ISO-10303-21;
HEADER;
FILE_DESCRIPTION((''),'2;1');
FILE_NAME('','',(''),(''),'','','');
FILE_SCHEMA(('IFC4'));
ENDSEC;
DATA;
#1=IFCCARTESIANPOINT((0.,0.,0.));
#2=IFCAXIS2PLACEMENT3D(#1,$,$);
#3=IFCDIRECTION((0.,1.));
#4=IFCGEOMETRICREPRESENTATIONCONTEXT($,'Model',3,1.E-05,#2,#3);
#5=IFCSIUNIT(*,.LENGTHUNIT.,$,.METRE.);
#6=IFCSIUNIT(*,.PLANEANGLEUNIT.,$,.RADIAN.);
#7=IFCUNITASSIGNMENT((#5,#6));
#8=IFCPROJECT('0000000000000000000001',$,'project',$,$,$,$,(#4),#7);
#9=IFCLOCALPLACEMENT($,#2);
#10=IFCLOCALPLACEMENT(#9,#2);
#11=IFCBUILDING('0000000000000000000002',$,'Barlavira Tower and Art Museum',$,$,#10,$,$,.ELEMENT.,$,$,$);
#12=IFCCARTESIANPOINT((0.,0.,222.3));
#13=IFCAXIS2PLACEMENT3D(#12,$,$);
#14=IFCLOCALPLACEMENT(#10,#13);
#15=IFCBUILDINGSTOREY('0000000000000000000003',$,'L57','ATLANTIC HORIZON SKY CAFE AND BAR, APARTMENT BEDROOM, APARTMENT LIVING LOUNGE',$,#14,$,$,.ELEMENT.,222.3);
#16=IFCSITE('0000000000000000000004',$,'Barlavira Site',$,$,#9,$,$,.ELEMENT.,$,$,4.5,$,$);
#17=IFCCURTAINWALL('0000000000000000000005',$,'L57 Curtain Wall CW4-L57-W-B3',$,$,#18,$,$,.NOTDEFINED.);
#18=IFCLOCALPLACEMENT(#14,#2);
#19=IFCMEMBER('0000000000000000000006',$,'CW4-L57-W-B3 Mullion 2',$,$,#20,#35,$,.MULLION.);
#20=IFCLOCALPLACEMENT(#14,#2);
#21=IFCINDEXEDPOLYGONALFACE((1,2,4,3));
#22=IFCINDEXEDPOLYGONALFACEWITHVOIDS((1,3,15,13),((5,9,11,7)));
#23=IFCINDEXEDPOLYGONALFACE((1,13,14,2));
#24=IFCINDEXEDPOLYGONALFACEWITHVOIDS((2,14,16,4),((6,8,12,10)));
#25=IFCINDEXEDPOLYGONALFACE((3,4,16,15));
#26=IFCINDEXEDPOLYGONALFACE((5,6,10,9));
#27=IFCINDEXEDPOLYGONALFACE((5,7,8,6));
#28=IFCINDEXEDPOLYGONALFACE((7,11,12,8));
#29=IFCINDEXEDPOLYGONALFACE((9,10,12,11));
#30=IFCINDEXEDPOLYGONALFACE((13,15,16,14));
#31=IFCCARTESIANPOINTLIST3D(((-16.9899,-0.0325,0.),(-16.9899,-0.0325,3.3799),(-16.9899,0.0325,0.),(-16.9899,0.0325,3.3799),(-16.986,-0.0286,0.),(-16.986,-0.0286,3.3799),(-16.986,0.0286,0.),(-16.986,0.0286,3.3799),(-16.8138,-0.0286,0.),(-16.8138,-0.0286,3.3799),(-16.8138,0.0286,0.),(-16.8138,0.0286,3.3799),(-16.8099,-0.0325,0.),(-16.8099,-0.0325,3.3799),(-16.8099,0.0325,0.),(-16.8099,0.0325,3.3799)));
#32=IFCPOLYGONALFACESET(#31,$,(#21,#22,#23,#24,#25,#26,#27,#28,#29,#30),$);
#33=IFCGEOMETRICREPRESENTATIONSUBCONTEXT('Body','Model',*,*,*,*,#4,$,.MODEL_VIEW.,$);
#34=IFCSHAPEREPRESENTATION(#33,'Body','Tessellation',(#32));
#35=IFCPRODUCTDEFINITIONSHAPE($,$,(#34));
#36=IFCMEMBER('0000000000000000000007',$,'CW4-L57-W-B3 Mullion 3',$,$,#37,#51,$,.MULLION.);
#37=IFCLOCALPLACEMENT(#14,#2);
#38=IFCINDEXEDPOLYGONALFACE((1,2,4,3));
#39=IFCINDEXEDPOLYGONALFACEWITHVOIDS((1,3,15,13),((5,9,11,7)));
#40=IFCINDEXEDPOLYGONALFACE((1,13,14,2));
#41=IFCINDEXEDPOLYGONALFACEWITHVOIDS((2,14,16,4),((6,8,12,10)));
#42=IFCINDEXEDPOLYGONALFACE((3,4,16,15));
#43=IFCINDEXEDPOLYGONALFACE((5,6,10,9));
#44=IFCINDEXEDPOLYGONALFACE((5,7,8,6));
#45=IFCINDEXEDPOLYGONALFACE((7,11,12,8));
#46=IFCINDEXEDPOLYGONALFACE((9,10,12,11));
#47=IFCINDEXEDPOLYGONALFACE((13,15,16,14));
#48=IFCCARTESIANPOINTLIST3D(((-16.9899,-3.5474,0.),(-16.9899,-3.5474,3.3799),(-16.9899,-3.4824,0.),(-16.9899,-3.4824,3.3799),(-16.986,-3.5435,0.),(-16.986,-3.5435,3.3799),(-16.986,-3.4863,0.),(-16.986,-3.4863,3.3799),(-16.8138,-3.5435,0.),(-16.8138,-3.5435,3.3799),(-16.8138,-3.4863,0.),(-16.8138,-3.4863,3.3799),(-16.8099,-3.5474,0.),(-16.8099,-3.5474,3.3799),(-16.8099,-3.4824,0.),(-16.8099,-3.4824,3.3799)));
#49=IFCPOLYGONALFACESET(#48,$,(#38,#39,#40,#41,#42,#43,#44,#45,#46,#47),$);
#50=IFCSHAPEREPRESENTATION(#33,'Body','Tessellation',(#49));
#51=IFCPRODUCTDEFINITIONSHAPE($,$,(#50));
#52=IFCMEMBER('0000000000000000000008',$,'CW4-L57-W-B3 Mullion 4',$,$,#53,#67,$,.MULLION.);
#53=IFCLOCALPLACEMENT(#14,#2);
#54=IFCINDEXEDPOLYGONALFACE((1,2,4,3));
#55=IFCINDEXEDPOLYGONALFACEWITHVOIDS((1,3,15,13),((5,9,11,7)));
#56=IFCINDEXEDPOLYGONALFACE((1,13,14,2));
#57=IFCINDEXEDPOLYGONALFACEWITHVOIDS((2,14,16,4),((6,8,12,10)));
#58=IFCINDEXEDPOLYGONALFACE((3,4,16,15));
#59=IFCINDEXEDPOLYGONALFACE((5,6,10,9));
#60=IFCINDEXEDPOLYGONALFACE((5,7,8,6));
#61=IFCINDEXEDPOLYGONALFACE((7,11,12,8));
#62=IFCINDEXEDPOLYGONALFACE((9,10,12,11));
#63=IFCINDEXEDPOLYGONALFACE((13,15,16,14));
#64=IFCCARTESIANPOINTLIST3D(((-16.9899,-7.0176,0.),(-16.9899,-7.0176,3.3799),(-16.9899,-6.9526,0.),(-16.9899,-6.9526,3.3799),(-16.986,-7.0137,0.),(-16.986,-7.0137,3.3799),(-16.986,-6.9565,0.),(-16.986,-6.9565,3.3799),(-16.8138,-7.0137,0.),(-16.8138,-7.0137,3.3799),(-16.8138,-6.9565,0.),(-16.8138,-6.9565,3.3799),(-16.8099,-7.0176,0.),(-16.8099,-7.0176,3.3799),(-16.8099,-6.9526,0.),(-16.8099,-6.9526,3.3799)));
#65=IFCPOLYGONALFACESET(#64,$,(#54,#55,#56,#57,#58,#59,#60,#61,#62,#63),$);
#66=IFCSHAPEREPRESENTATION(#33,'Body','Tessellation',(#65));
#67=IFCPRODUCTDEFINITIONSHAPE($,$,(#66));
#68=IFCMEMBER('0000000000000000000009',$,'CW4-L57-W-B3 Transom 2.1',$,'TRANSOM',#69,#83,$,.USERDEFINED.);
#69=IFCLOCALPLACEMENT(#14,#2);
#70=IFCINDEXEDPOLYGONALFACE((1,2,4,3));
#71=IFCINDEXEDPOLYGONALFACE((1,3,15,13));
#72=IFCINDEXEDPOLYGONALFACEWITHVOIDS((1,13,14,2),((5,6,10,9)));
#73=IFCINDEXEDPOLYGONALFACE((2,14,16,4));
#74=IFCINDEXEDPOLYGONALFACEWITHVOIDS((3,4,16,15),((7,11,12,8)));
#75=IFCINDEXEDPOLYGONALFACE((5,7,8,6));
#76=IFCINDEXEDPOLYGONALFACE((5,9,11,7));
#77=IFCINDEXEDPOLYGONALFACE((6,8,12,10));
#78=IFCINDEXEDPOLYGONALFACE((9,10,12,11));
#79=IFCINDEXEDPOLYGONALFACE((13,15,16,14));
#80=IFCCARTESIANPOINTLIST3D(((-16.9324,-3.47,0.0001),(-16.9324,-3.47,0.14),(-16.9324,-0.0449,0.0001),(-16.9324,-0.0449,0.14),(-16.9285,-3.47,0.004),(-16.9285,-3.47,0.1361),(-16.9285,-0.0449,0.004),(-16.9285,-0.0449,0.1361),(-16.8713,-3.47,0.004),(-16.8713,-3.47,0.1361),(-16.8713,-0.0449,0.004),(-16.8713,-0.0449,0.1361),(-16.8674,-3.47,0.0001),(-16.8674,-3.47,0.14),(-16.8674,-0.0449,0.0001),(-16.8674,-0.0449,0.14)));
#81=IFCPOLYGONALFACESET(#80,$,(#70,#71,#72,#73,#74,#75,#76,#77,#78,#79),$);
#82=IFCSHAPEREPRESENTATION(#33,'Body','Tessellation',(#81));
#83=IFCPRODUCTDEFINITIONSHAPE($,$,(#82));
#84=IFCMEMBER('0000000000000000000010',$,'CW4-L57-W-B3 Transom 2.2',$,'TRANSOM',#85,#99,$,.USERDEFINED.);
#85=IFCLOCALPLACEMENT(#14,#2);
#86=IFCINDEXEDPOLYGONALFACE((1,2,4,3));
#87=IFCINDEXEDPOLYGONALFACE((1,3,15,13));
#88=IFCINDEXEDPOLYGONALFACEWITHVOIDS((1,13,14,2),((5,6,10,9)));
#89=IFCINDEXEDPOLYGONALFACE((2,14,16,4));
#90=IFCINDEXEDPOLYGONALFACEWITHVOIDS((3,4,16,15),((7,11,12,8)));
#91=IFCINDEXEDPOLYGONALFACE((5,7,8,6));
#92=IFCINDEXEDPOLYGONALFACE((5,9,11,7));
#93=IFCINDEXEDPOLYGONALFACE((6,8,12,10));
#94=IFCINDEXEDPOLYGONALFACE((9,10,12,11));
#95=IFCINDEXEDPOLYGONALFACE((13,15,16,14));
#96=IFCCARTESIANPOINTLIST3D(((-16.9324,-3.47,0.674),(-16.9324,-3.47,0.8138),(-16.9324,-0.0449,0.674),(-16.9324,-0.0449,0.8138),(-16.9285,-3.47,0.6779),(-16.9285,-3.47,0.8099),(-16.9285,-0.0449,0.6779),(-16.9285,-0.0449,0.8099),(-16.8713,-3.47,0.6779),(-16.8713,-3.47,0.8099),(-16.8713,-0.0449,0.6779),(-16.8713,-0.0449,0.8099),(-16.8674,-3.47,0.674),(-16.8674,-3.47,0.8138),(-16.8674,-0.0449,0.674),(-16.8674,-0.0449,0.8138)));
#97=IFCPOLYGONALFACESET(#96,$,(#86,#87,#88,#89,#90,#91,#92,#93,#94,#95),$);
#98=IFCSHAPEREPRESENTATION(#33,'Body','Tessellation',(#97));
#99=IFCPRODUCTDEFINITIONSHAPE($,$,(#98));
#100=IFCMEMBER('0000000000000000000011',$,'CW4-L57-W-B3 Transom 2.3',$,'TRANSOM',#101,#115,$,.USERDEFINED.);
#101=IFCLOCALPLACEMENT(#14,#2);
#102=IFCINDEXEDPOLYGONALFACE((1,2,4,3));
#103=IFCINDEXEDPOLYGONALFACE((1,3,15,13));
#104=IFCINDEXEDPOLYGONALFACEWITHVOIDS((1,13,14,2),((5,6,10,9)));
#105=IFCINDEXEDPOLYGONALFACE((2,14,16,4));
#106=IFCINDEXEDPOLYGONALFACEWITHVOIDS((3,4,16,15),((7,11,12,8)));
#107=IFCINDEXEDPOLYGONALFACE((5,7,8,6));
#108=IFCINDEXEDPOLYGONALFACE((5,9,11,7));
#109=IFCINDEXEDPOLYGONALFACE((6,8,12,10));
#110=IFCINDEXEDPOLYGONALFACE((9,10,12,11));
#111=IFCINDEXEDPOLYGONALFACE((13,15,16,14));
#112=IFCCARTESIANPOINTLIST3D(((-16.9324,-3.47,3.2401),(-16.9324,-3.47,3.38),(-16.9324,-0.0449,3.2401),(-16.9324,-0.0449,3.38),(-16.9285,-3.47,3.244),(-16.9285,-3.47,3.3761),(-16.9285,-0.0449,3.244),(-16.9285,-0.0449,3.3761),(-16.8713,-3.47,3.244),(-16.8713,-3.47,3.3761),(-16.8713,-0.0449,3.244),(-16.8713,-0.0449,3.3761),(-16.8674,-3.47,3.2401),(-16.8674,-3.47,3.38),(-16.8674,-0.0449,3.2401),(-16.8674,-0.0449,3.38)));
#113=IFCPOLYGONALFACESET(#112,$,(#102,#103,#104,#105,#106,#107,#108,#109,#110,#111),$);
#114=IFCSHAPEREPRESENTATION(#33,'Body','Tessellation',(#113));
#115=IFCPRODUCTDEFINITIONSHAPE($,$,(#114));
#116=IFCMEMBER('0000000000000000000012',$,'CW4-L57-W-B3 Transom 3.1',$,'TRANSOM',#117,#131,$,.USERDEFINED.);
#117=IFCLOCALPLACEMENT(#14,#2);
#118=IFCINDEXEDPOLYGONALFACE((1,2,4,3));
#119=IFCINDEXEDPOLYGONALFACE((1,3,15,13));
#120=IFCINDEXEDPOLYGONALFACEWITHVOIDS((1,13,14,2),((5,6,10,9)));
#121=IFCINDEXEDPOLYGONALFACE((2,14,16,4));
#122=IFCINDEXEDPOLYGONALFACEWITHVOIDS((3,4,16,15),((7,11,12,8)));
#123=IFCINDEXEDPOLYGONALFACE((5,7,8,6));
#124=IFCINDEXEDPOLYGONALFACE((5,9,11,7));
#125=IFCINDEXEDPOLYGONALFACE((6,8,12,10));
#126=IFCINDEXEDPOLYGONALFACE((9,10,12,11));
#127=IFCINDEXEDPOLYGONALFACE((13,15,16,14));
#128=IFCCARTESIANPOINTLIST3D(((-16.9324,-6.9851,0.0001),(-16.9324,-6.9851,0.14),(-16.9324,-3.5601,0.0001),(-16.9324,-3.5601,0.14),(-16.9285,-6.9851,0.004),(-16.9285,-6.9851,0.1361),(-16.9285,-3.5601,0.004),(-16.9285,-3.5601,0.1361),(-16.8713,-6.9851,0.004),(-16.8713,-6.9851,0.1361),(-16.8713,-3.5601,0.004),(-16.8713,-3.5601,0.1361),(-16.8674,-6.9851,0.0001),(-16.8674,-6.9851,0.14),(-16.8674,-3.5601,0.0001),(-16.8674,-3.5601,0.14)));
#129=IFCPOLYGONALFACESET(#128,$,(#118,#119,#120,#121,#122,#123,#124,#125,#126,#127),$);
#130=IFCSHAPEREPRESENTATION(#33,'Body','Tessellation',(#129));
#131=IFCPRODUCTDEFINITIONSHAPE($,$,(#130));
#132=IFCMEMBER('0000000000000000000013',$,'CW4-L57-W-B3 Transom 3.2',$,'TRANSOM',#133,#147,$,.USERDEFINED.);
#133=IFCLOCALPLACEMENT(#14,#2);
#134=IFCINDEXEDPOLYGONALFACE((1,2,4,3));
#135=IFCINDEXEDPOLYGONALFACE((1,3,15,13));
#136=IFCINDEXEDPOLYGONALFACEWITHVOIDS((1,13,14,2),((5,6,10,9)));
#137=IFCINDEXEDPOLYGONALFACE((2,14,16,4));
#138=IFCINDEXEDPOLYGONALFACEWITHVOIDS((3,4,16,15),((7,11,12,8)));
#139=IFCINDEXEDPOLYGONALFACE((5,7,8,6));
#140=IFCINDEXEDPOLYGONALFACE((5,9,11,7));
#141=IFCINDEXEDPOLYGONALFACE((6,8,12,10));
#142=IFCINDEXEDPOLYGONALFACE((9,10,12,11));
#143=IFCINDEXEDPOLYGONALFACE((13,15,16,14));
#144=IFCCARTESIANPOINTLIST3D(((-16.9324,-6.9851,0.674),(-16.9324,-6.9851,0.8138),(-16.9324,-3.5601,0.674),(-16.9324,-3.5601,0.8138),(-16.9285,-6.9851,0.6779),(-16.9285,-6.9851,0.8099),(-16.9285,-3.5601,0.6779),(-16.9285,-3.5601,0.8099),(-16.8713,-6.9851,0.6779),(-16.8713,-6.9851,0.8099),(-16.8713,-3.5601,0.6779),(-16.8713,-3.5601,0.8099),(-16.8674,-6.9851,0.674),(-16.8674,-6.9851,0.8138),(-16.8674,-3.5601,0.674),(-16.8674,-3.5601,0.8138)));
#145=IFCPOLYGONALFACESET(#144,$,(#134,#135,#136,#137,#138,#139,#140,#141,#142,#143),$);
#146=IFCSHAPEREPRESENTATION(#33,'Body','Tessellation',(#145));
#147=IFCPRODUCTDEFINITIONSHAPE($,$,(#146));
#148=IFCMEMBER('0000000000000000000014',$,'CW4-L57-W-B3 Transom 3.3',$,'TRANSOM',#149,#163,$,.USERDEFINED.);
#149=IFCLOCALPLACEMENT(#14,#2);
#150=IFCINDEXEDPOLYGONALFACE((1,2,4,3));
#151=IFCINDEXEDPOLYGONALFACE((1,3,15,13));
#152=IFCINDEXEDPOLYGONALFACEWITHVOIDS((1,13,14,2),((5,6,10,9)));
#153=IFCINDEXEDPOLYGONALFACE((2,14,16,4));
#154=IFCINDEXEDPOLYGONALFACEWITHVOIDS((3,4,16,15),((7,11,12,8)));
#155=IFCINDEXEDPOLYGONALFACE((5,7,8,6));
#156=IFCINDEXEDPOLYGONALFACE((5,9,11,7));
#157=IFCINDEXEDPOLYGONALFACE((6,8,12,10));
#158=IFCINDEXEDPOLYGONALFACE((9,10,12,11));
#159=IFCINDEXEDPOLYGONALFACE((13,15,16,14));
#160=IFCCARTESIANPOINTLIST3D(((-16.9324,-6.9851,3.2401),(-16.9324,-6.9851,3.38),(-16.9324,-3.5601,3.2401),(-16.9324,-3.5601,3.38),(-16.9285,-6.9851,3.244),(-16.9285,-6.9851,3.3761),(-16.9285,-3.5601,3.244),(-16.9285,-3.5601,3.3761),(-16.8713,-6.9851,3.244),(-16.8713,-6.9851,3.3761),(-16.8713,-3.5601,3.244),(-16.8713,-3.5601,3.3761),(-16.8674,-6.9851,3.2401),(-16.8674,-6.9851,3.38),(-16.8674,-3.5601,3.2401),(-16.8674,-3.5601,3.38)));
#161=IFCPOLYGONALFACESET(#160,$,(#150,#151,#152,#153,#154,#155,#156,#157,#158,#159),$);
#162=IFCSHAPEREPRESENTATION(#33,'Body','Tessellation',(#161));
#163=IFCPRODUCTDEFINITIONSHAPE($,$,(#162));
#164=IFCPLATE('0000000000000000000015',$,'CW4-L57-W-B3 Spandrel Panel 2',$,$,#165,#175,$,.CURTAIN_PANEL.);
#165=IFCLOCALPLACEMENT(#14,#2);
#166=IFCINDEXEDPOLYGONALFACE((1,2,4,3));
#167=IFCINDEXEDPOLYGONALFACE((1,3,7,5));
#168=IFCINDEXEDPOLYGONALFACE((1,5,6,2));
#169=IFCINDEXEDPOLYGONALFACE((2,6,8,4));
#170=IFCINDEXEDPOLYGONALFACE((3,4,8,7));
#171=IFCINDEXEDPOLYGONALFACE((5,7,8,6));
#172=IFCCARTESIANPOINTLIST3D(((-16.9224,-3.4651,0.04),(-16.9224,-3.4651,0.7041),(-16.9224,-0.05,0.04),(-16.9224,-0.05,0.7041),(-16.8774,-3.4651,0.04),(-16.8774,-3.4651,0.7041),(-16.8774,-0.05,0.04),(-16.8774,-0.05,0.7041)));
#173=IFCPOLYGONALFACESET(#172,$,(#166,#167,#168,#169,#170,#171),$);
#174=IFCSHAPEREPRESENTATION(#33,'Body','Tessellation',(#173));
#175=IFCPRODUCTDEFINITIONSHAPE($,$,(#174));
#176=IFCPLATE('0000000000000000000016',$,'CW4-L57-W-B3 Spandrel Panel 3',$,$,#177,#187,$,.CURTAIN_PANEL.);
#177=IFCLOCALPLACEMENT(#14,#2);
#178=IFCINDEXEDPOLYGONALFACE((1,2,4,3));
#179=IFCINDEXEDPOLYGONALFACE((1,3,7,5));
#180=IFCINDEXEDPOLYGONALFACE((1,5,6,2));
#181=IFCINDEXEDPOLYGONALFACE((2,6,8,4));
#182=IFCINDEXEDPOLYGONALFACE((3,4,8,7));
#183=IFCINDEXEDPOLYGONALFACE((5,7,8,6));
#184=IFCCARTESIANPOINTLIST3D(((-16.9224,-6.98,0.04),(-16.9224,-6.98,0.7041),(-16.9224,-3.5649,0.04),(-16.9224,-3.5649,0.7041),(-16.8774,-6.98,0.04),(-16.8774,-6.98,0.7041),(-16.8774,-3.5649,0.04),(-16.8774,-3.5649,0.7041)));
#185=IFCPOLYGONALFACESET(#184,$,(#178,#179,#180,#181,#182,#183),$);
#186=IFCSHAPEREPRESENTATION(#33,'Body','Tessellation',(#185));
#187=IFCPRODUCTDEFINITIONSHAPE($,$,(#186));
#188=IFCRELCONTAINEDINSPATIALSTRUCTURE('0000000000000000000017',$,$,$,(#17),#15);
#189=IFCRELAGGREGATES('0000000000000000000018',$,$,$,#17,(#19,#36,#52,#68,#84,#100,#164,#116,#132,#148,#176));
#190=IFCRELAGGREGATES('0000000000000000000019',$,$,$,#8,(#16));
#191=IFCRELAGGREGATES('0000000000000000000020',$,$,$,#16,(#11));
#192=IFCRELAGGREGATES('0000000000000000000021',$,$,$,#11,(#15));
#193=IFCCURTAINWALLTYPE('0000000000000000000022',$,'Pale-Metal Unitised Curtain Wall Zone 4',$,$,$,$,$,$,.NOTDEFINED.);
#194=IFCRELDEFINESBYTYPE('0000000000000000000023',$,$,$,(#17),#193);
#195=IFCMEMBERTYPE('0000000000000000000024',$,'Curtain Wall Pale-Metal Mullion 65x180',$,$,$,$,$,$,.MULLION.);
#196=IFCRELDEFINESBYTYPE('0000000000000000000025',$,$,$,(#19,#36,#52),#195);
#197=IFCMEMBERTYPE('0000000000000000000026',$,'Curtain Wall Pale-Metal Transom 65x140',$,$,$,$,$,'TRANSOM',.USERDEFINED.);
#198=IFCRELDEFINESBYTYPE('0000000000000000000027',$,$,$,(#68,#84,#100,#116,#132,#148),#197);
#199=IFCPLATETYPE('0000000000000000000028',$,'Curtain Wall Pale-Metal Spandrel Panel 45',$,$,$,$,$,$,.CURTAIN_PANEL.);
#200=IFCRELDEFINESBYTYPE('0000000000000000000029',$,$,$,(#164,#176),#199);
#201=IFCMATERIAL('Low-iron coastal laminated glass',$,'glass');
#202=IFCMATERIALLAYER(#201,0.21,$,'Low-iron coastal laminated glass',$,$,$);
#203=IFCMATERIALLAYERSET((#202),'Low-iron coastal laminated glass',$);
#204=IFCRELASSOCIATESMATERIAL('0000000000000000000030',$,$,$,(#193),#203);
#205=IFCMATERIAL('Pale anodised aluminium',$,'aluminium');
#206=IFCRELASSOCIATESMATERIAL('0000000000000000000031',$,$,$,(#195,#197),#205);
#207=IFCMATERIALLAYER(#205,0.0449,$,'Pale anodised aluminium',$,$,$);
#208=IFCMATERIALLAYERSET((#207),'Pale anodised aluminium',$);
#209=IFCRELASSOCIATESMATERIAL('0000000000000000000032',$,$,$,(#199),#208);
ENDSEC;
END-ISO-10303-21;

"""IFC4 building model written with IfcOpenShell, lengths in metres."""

from ifc_helpers import new_model, si_unit, direction, frame, origin, origin_2d, place, context, subcontext, project, spatial, rectangle, hollow_rectangle, extrude, material, layer, layer_set, material_profile, profile_set, type_object, element, aggregate, save


model = new_model("IFC4")

# Units and contexts
model_context = context("Model", 3, precision=1e-05, world=origin(), true_north=direction((0.0, 1.0)))
body_context = subcontext(model_context, "Body", "Model", "MODEL_VIEW")
ifc_project = project(units=[si_unit("LENGTHUNIT", "METRE"), si_unit("PLANEANGLEUNIT", "RADIAN")], contexts=[model_context])

# Site, building, storey
site_placement = place(None, origin())
site = spatial("IfcSite", under=ifc_project, at=site_placement, Name="Barlavira Site", CompositionType="ELEMENT", RefElevation=4.5)
building_placement = place(site_placement, origin())
building = spatial("IfcBuilding", under=site, at=building_placement, Name="Barlavira Tower and Art Museum", CompositionType="ELEMENT")
storey_placement = place(building_placement, frame((0.0, 0.0, 222.3)))
storey = spatial("IfcBuildingStorey", under=building, at=storey_placement, Name="L57", Description="ATLANTIC HORIZON SKY CAFE AND BAR, APARTMENT BEDROOM, APARTMENT LIVING LOUNGE", CompositionType="ELEMENT", Elevation=222.3)

# Curtain wall, members, plates
ifc_material_1 = material(Name="Low-iron coastal laminated glass", Category="glass")
ifc_layer_1 = layer(ifc_material_1, 0.21, Name="Low-iron coastal laminated glass")
ifc_layer_set_1 = layer_set([ifc_layer_1], Name="Low-iron coastal laminated glass")
curtain_wall_type = type_object("IfcCurtainWallType", Name="Pale-Metal Unitised Curtain Wall Zone 4", PredefinedType="NOTDEFINED", material=ifc_layer_set_1)
curtain_wall_placement = place(storey_placement, origin())
curtain_wall = element("IfcCurtainWall", 1, at=curtain_wall_placement, inside=storey, type_object=curtain_wall_type, Name="L57 Curtain Wall CW4-L57-W-B3", PredefinedType="NOTDEFINED")
ifc_material_2 = material(Name="Pale anodised aluminium", Category="aluminium")
ifc_material_profile_1 = material_profile(ifc_material_2, hollow_rectangle(XDim=0.0649, YDim=0.1799, WallThickness=0.0039, at=origin_2d()), Name="ALU-MULL 65x180x4")
ifc_profile_set_1 = profile_set([ifc_material_profile_1], Name="Pale anodised aluminium")
member_type_1 = type_object("IfcMemberType", Name="Curtain Wall Pale-Metal Mullion 65x180", PredefinedType="MULLION", material=ifc_profile_set_1)
member_1_placement = place(storey_placement, frame((-16.8999, 0.0, 0.0), z_axis=(0.0, 0.0, 1.0), x_axis=(0.0, -1.0, 0.0)))
member_1 = element("IfcMember", 2, at=member_1_placement, type_object=member_type_1, Name="CW4-L57-W-B3 Mullion 2", PredefinedType="MULLION", context=body_context, shape_type="SweptSolid", body=[
    extrude(hollow_rectangle(XDim=0.0649, YDim=0.1799, WallThickness=0.0039, at=origin_2d()), origin(), (0.0, 0.0, 1.0), 3.3799),
])
member_2_placement = place(storey_placement, frame((-16.8999, -3.5149, 0.0), z_axis=(0.0, 0.0, 1.0), x_axis=(0.0, -1.0, 0.0)))
member_2 = element("IfcMember", 3, at=member_2_placement, type_object=member_type_1, Name="CW4-L57-W-B3 Mullion 3", PredefinedType="MULLION", context=body_context, shape_type="SweptSolid", body=[
    extrude(hollow_rectangle(XDim=0.0649, YDim=0.1799, WallThickness=0.0039, at=origin_2d()), origin(), (0.0, 0.0, 1.0), 3.3799),
])
member_3_placement = place(storey_placement, frame((-16.8999, -6.9851, 0.0), z_axis=(0.0, 0.0, 1.0), x_axis=(0.0, -1.0, 0.0)))
member_3 = element("IfcMember", 4, at=member_3_placement, type_object=member_type_1, Name="CW4-L57-W-B3 Mullion 4", PredefinedType="MULLION", context=body_context, shape_type="SweptSolid", body=[
    extrude(hollow_rectangle(XDim=0.0649, YDim=0.1799, WallThickness=0.0039, at=origin_2d()), origin(), (0.0, 0.0, 1.0), 3.3799),
])
ifc_material_profile_2 = material_profile(ifc_material_2, hollow_rectangle(XDim=0.0649, YDim=0.1399, WallThickness=0.0039, at=origin_2d()), Name="ALU-TRAN 65x140x4")
ifc_profile_set_2 = profile_set([ifc_material_profile_2], Name="Pale anodised aluminium")
member_type_2 = type_object("IfcMemberType", Name="Curtain Wall Pale-Metal Transom 65x140", ElementType="TRANSOM", PredefinedType="USERDEFINED", material=ifc_profile_set_2)
member_4_placement = place(storey_placement, frame((-16.8999, -0.0449, 0.0701), z_axis=(0.0, -1.0, 0.0), x_axis=(1.0, 0.0, 0.0)))
member_4 = element("IfcMember", 5, at=member_4_placement, type_object=member_type_2, Name="CW4-L57-W-B3 Transom 2.1", ObjectType="TRANSOM", PredefinedType="USERDEFINED", context=body_context, shape_type="SweptSolid", body=[
    extrude(hollow_rectangle(XDim=0.0649, YDim=0.1399, WallThickness=0.0039, at=origin_2d()), origin(), (0.0, 0.0, 1.0), 3.425),
])
member_5_placement = place(storey_placement, frame((-16.8999, -0.0449, 0.7439), z_axis=(0.0, -1.0, 0.0), x_axis=(1.0, 0.0, 0.0)))
member_5 = element("IfcMember", 6, at=member_5_placement, type_object=member_type_2, Name="CW4-L57-W-B3 Transom 2.2", ObjectType="TRANSOM", PredefinedType="USERDEFINED", context=body_context, shape_type="SweptSolid", body=[
    extrude(hollow_rectangle(XDim=0.0649, YDim=0.1399, WallThickness=0.0039, at=origin_2d()), origin(), (0.0, 0.0, 1.0), 3.425),
])
member_6_placement = place(storey_placement, frame((-16.8999, -0.0449, 3.3101), z_axis=(0.0, -1.0, 0.0), x_axis=(1.0, 0.0, 0.0)))
member_6 = element("IfcMember", 7, at=member_6_placement, type_object=member_type_2, Name="CW4-L57-W-B3 Transom 2.3", ObjectType="TRANSOM", PredefinedType="USERDEFINED", context=body_context, shape_type="SweptSolid", body=[
    extrude(hollow_rectangle(XDim=0.0649, YDim=0.1399, WallThickness=0.0039, at=origin_2d()), origin(), (0.0, 0.0, 1.0), 3.425),
])
member_7_placement = place(storey_placement, frame((-16.8999, -3.5601, 0.0701), z_axis=(0.0, -1.0, 0.0), x_axis=(1.0, 0.0, 0.0)))
member_7 = element("IfcMember", 8, at=member_7_placement, type_object=member_type_2, Name="CW4-L57-W-B3 Transom 3.1", ObjectType="TRANSOM", PredefinedType="USERDEFINED", context=body_context, shape_type="SweptSolid", body=[
    extrude(hollow_rectangle(XDim=0.0649, YDim=0.1399, WallThickness=0.0039, at=origin_2d()), origin(), (0.0, 0.0, 1.0), 3.425),
])
member_8_placement = place(storey_placement, frame((-16.8999, -3.5601, 0.7439), z_axis=(0.0, -1.0, 0.0), x_axis=(1.0, 0.0, 0.0)))
member_8 = element("IfcMember", 9, at=member_8_placement, type_object=member_type_2, Name="CW4-L57-W-B3 Transom 3.2", ObjectType="TRANSOM", PredefinedType="USERDEFINED", context=body_context, shape_type="SweptSolid", body=[
    extrude(hollow_rectangle(XDim=0.0649, YDim=0.1399, WallThickness=0.0039, at=origin_2d()), origin(), (0.0, 0.0, 1.0), 3.425),
])
member_9_placement = place(storey_placement, frame((-16.8999, -3.5601, 3.3101), z_axis=(0.0, -1.0, 0.0), x_axis=(1.0, 0.0, 0.0)))
member_9 = element("IfcMember", 10, at=member_9_placement, type_object=member_type_2, Name="CW4-L57-W-B3 Transom 3.3", ObjectType="TRANSOM", PredefinedType="USERDEFINED", context=body_context, shape_type="SweptSolid", body=[
    extrude(hollow_rectangle(XDim=0.0649, YDim=0.1399, WallThickness=0.0039, at=origin_2d()), origin(), (0.0, 0.0, 1.0), 3.425),
])
ifc_layer_2 = layer(ifc_material_2, 0.0449, Name="Pale anodised aluminium")
ifc_layer_set_2 = layer_set([ifc_layer_2], Name="Pale anodised aluminium")
plate_type_1 = type_object("IfcPlateType", Name="Curtain Wall Pale-Metal Spandrel Panel 45", PredefinedType="CURTAIN_PANEL", material=ifc_layer_set_2)
plate_1_placement = place(storey_placement, frame((-16.8999, -1.7576, 0.04), z_axis=(0.0, 0.0, 1.0), x_axis=(0.0, -1.0, 0.0)))
plate_1 = element("IfcPlate", 11, at=plate_1_placement, type_object=plate_type_1, Name="CW4-L57-W-B3 Spandrel Panel 2", PredefinedType="CURTAIN_PANEL", context=body_context, shape_type="SweptSolid", body=[
    extrude(rectangle(XDim=3.415, YDim=0.0449, at=origin_2d()), origin(), (0.0, 0.0, 1.0), 0.6641),
])
plate_2_placement = place(storey_placement, frame((-16.8999, -5.2725, 0.04), z_axis=(0.0, 0.0, 1.0), x_axis=(0.0, -1.0, 0.0)))
plate_2 = element("IfcPlate", 12, at=plate_2_placement, type_object=plate_type_1, Name="CW4-L57-W-B3 Spandrel Panel 3", PredefinedType="CURTAIN_PANEL", context=body_context, shape_type="SweptSolid", body=[
    extrude(rectangle(XDim=3.415, YDim=0.0449, at=origin_2d()), origin(), (0.0, 0.0, 1.0), 0.6641),
])
aggregate(curtain_wall, [member_1, member_2, member_3, member_4, member_5, member_6, plate_1, member_7, member_8, member_9, plate_2])

save(model, "model.ifc")
